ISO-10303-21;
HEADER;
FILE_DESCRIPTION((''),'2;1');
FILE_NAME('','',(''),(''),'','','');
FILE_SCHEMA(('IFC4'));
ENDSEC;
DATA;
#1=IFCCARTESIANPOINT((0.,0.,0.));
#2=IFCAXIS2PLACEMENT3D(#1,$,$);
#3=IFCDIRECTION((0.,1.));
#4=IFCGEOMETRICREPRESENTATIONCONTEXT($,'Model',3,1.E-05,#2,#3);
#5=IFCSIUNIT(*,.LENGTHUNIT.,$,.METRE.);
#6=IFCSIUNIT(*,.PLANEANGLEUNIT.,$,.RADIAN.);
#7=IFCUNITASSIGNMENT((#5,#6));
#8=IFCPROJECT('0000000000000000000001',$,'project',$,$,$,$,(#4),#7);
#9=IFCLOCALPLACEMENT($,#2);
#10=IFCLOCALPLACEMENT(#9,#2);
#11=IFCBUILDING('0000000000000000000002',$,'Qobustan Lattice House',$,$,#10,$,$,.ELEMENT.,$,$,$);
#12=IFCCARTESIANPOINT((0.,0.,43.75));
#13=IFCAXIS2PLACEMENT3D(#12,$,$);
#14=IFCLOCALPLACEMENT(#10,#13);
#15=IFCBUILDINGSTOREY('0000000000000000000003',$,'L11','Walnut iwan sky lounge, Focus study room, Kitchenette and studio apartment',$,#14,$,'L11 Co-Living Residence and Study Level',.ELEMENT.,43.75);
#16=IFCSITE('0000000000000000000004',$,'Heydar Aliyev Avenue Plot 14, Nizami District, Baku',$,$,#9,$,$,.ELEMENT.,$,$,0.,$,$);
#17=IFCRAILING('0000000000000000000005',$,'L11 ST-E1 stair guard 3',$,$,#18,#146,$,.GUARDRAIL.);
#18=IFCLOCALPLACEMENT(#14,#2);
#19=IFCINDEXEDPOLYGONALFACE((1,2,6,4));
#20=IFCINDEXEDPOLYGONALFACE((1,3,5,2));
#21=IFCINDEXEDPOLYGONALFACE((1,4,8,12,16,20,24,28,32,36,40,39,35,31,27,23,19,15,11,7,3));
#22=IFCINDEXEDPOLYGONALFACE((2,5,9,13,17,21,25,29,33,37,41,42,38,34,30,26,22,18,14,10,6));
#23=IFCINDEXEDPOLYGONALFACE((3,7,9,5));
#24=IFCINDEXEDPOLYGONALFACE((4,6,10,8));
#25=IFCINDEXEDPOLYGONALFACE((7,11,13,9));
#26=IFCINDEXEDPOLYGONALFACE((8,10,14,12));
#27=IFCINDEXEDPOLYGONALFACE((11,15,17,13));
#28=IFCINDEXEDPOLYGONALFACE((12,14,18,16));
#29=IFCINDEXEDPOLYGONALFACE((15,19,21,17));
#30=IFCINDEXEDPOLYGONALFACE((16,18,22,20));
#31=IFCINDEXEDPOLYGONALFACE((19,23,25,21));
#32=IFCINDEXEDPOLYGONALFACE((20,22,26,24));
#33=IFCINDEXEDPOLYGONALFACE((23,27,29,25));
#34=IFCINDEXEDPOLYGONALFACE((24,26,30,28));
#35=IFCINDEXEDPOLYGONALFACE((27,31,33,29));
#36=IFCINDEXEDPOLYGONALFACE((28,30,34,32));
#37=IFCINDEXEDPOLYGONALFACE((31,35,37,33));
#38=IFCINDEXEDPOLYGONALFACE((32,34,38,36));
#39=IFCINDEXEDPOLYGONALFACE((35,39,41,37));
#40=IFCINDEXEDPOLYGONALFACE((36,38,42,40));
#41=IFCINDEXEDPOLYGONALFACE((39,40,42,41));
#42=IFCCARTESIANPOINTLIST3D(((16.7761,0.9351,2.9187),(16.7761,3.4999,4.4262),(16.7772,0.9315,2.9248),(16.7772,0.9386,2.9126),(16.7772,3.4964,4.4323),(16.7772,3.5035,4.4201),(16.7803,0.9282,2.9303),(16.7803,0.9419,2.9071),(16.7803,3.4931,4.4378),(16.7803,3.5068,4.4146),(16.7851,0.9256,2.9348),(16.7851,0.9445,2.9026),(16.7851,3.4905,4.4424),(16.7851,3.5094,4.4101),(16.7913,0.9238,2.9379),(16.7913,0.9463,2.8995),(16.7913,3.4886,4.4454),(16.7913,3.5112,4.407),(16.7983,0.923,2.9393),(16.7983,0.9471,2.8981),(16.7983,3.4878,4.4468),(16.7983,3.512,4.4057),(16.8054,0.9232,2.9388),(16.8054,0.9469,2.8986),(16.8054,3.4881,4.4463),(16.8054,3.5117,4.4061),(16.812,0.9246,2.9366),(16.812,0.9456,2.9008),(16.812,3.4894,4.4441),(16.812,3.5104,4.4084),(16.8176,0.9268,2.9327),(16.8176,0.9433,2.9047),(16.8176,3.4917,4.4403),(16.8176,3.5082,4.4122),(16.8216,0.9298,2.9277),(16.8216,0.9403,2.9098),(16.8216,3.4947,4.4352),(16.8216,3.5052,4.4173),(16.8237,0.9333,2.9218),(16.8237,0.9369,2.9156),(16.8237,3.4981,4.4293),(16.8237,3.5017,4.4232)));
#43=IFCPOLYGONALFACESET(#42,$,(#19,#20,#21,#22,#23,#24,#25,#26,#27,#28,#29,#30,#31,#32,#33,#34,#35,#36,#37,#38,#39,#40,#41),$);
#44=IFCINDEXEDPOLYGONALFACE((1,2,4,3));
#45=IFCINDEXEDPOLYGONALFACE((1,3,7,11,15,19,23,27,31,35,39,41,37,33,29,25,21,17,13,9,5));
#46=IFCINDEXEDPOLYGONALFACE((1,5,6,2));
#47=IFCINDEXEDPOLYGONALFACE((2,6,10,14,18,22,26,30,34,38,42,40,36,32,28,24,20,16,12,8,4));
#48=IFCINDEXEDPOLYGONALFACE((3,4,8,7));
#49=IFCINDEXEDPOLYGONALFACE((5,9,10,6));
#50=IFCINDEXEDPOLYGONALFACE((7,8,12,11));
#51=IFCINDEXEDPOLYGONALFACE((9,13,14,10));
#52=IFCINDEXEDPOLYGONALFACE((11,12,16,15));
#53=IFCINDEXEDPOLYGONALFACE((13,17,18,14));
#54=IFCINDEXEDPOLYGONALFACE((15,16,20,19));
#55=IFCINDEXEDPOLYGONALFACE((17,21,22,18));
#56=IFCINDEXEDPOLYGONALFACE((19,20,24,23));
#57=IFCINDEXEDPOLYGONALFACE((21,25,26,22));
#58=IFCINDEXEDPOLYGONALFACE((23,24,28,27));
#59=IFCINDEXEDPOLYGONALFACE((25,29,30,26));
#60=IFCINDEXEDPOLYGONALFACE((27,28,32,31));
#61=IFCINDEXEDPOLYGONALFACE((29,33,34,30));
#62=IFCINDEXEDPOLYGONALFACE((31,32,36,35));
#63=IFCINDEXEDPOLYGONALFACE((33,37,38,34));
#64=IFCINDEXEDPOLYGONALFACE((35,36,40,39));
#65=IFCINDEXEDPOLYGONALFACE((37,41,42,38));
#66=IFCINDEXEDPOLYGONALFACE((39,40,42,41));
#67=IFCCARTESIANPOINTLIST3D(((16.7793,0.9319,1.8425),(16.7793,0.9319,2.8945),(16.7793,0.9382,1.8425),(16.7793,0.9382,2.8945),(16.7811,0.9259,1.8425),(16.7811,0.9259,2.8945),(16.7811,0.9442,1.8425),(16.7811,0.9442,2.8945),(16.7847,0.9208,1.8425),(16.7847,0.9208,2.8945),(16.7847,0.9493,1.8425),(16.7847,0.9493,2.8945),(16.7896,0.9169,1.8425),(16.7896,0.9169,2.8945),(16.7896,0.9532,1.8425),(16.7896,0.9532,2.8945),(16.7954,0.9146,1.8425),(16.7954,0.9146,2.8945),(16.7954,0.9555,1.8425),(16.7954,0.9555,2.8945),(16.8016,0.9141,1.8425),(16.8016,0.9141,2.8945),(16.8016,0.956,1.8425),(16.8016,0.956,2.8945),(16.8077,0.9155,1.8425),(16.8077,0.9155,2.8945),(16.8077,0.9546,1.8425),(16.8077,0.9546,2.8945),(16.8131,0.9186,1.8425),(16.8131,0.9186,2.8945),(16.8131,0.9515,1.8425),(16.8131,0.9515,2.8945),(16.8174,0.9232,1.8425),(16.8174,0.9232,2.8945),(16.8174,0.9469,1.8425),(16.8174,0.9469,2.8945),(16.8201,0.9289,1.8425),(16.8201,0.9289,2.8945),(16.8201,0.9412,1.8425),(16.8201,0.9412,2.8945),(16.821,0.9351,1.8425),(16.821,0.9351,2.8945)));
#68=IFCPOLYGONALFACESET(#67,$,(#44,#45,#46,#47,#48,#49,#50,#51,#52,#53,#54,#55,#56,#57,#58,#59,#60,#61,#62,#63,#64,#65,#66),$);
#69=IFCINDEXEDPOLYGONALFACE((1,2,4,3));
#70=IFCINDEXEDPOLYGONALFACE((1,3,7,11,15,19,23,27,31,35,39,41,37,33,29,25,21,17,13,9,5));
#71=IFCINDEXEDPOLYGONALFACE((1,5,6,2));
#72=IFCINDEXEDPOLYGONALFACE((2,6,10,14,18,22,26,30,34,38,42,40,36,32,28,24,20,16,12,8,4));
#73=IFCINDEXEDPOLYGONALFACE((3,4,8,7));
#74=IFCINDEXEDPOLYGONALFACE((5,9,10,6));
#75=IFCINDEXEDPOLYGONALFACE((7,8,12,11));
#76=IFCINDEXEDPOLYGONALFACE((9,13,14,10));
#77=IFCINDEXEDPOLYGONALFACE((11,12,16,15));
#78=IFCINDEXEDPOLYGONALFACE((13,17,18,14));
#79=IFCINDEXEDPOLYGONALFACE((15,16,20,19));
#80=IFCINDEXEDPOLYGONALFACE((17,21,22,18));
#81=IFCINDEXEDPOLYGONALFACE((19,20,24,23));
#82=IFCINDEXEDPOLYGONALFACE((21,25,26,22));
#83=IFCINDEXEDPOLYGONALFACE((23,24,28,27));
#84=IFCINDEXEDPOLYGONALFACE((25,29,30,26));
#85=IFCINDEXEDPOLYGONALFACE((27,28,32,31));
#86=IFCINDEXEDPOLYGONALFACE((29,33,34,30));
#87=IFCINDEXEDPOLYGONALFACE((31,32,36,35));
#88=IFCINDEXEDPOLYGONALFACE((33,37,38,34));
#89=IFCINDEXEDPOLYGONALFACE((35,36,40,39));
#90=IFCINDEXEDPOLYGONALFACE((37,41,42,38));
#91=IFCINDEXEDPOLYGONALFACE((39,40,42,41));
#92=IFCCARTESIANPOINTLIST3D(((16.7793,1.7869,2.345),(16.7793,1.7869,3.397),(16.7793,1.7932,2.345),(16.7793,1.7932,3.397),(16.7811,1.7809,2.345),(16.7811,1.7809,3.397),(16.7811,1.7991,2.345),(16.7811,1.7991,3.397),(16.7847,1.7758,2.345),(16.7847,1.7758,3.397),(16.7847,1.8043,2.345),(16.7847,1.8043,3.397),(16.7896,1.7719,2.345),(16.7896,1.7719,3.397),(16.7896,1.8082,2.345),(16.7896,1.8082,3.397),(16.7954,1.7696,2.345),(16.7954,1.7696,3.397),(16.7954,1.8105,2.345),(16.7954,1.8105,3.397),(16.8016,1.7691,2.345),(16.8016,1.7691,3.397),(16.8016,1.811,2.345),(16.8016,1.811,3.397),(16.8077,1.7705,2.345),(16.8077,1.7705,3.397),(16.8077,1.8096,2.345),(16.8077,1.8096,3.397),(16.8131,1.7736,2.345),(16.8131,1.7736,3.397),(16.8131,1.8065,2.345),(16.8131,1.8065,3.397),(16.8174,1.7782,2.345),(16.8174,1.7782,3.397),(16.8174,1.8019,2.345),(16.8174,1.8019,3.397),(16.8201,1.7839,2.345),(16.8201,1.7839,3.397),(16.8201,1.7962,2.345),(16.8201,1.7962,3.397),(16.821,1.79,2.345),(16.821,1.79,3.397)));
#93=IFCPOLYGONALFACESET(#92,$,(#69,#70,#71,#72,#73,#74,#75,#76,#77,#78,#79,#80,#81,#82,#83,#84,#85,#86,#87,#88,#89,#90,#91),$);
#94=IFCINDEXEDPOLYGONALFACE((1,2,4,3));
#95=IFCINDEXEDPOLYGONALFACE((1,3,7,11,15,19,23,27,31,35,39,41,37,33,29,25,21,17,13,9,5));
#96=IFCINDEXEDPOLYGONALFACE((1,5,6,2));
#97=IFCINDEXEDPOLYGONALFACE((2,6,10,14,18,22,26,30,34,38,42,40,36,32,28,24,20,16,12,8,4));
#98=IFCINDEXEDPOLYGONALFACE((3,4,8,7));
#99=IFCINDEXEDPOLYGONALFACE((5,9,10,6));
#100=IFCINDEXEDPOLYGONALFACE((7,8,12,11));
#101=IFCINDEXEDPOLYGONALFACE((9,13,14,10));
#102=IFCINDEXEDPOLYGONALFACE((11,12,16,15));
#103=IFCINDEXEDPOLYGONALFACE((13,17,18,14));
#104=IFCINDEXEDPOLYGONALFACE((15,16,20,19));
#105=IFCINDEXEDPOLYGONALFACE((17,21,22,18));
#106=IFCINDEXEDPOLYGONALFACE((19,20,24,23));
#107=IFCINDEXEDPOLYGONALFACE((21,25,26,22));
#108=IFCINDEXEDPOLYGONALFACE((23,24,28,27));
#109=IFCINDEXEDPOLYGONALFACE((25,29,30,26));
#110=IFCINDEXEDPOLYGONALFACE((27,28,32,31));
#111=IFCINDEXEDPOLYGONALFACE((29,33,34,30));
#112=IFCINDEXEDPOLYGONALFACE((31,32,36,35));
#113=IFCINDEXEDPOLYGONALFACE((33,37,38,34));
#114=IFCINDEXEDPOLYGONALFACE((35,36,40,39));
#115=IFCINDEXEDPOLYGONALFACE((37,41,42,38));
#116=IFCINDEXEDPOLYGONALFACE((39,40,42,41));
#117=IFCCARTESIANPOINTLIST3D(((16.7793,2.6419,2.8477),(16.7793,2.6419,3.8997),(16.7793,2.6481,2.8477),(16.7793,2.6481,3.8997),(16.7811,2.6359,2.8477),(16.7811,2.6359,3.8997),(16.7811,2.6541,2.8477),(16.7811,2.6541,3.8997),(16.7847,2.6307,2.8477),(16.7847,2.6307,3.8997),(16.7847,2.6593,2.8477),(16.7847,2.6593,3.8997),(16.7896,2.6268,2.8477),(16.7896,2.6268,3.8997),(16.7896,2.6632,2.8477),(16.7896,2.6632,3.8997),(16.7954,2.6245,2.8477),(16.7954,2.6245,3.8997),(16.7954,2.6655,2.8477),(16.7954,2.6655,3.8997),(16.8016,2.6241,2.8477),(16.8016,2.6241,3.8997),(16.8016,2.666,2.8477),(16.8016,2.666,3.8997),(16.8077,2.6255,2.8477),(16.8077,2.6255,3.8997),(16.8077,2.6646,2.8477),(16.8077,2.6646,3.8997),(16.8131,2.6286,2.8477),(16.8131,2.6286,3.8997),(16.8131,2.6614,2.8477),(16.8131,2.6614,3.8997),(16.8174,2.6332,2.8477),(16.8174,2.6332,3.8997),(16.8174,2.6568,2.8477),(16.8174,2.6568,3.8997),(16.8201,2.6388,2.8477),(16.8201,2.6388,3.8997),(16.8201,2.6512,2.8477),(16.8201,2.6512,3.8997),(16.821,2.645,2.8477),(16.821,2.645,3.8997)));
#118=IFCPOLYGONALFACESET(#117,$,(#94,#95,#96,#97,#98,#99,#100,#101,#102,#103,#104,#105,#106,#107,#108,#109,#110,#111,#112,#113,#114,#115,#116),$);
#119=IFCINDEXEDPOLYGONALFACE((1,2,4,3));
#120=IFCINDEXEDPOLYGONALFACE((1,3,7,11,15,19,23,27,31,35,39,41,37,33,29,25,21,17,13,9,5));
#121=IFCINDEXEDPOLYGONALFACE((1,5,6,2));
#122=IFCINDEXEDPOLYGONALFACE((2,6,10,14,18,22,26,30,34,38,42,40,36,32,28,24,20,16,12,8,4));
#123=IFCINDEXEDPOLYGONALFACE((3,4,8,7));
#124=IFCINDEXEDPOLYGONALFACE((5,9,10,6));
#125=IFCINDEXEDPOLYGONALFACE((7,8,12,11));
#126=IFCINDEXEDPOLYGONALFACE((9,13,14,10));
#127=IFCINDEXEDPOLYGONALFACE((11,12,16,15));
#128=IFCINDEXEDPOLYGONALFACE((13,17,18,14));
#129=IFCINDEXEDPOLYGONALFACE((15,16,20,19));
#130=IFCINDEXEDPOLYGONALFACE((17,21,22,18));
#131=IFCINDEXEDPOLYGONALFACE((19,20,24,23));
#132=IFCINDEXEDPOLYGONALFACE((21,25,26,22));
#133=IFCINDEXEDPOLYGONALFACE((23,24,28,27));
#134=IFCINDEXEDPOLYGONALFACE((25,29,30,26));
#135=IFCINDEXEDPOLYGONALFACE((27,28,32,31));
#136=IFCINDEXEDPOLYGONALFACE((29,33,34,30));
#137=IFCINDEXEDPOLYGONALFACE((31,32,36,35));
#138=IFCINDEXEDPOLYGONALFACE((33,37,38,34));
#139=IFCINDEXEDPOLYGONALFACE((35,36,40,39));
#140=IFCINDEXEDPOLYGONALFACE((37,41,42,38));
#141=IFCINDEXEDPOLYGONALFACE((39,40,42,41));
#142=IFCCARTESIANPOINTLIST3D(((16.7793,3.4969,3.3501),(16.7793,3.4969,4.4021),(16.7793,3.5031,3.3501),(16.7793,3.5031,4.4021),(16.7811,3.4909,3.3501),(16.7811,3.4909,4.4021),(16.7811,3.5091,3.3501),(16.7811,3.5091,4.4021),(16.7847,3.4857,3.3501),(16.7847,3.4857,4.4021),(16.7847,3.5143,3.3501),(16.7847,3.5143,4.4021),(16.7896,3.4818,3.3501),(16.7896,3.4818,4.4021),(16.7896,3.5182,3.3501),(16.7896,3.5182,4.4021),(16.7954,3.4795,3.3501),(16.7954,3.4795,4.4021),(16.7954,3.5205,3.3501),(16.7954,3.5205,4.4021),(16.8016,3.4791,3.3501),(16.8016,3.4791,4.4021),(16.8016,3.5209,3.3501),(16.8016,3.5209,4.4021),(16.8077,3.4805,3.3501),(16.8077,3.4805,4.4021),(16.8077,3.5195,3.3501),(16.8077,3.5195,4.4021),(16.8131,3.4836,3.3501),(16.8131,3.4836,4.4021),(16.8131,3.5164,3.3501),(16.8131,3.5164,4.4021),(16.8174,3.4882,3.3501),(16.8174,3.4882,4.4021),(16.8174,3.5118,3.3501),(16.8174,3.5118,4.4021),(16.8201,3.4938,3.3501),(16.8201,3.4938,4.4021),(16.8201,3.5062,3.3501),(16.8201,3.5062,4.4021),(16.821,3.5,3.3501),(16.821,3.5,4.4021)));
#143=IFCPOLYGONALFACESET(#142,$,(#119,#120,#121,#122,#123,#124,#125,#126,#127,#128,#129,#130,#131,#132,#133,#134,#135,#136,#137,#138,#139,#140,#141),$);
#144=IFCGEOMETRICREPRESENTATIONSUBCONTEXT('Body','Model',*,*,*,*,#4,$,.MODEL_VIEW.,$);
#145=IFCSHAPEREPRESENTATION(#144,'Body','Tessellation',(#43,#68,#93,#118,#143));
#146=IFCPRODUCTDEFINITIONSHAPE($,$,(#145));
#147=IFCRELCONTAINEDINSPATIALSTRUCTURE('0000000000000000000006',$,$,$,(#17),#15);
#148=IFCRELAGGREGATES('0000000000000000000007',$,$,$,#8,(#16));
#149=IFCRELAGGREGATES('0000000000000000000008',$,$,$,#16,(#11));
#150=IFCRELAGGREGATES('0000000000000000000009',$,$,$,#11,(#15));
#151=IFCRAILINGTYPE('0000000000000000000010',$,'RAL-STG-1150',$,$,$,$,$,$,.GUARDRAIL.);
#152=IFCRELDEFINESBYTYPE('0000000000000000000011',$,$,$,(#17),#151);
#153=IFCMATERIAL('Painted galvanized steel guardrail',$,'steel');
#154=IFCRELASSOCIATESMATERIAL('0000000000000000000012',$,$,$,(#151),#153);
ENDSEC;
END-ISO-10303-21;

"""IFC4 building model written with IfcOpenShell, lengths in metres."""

from ifc_helpers import new_model, si_unit, direction, frame, origin, origin_2d, place, context, subcontext, project, spatial, circle, extrude, material, type_object, element, save


model = new_model("IFC4")

# Units and contexts
model_context = context("Model", 3, precision=1e-05, world=origin(), true_north=direction((0.0, 1.0)))
body_context = subcontext(model_context, "Body", "Model", "MODEL_VIEW")
ifc_project = project(units=[si_unit("LENGTHUNIT", "METRE"), si_unit("PLANEANGLEUNIT", "RADIAN")], contexts=[model_context])

# Site, building, storey
site_placement = place(None, origin())
site = spatial("IfcSite", under=ifc_project, at=site_placement, Name="Heydar Aliyev Avenue Plot 14, Nizami District, Baku", CompositionType="ELEMENT", RefElevation=0.0)
building_placement = place(site_placement, origin())
building = spatial("IfcBuilding", under=site, at=building_placement, Name="Qobustan Lattice House", CompositionType="ELEMENT")
storey_placement = place(building_placement, frame((0.0, 0.0, 43.75)))
storey = spatial("IfcBuildingStorey", under=building, at=storey_placement, Name="L11", Description="Walnut iwan sky lounge, Focus study room, Kitchenette and studio apartment", LongName="L11 Co-Living Residence and Study Level", CompositionType="ELEMENT", Elevation=43.75)

# Railing
ifc_material_1 = material(Name="Painted galvanized steel guardrail", Category="steel")
railing_type_1 = type_object("IfcRailingType", Name="RAL-STG-1150", PredefinedType="GUARDRAIL", material=ifc_material_1)
railing_1_placement = place(storey_placement, frame((16.8, 0.9351, 1.8425)))
element("IfcRailing", 1, at=railing_1_placement, inside=storey, type_object=railing_type_1, Name="L11 ST-E1 stair guard 3", PredefinedType="GUARDRAIL", context=body_context, shape_type="SweptSolid", body=[
    extrude(circle(Radius=0.0239, at=origin_2d()), frame((0.0, 0.0, 1.0762), z_axis=(0.0, 0.862113, 0.506715), x_axis=(-1.0, 0.0, 0.0)), (0.0, 0.0, 1.0), 2.9751),
    extrude(circle(Radius=0.021, at=origin_2d()), origin(), (0.0, 0.0, 1.0), 1.052),
    extrude(circle(Radius=0.021, at=origin_2d()), frame((0.0, 0.855, 0.5024)), (0.0, 0.0, 1.0), 1.052),
    extrude(circle(Radius=0.021, at=origin_2d()), frame((0.0, 1.71, 1.0051)), (0.0, 0.0, 1.0), 1.052),
    extrude(circle(Radius=0.021, at=origin_2d()), frame((0.0, 2.5649, 1.5076)), (0.0, 0.0, 1.0), 1.052),
])

save(model, "model.ifc")
